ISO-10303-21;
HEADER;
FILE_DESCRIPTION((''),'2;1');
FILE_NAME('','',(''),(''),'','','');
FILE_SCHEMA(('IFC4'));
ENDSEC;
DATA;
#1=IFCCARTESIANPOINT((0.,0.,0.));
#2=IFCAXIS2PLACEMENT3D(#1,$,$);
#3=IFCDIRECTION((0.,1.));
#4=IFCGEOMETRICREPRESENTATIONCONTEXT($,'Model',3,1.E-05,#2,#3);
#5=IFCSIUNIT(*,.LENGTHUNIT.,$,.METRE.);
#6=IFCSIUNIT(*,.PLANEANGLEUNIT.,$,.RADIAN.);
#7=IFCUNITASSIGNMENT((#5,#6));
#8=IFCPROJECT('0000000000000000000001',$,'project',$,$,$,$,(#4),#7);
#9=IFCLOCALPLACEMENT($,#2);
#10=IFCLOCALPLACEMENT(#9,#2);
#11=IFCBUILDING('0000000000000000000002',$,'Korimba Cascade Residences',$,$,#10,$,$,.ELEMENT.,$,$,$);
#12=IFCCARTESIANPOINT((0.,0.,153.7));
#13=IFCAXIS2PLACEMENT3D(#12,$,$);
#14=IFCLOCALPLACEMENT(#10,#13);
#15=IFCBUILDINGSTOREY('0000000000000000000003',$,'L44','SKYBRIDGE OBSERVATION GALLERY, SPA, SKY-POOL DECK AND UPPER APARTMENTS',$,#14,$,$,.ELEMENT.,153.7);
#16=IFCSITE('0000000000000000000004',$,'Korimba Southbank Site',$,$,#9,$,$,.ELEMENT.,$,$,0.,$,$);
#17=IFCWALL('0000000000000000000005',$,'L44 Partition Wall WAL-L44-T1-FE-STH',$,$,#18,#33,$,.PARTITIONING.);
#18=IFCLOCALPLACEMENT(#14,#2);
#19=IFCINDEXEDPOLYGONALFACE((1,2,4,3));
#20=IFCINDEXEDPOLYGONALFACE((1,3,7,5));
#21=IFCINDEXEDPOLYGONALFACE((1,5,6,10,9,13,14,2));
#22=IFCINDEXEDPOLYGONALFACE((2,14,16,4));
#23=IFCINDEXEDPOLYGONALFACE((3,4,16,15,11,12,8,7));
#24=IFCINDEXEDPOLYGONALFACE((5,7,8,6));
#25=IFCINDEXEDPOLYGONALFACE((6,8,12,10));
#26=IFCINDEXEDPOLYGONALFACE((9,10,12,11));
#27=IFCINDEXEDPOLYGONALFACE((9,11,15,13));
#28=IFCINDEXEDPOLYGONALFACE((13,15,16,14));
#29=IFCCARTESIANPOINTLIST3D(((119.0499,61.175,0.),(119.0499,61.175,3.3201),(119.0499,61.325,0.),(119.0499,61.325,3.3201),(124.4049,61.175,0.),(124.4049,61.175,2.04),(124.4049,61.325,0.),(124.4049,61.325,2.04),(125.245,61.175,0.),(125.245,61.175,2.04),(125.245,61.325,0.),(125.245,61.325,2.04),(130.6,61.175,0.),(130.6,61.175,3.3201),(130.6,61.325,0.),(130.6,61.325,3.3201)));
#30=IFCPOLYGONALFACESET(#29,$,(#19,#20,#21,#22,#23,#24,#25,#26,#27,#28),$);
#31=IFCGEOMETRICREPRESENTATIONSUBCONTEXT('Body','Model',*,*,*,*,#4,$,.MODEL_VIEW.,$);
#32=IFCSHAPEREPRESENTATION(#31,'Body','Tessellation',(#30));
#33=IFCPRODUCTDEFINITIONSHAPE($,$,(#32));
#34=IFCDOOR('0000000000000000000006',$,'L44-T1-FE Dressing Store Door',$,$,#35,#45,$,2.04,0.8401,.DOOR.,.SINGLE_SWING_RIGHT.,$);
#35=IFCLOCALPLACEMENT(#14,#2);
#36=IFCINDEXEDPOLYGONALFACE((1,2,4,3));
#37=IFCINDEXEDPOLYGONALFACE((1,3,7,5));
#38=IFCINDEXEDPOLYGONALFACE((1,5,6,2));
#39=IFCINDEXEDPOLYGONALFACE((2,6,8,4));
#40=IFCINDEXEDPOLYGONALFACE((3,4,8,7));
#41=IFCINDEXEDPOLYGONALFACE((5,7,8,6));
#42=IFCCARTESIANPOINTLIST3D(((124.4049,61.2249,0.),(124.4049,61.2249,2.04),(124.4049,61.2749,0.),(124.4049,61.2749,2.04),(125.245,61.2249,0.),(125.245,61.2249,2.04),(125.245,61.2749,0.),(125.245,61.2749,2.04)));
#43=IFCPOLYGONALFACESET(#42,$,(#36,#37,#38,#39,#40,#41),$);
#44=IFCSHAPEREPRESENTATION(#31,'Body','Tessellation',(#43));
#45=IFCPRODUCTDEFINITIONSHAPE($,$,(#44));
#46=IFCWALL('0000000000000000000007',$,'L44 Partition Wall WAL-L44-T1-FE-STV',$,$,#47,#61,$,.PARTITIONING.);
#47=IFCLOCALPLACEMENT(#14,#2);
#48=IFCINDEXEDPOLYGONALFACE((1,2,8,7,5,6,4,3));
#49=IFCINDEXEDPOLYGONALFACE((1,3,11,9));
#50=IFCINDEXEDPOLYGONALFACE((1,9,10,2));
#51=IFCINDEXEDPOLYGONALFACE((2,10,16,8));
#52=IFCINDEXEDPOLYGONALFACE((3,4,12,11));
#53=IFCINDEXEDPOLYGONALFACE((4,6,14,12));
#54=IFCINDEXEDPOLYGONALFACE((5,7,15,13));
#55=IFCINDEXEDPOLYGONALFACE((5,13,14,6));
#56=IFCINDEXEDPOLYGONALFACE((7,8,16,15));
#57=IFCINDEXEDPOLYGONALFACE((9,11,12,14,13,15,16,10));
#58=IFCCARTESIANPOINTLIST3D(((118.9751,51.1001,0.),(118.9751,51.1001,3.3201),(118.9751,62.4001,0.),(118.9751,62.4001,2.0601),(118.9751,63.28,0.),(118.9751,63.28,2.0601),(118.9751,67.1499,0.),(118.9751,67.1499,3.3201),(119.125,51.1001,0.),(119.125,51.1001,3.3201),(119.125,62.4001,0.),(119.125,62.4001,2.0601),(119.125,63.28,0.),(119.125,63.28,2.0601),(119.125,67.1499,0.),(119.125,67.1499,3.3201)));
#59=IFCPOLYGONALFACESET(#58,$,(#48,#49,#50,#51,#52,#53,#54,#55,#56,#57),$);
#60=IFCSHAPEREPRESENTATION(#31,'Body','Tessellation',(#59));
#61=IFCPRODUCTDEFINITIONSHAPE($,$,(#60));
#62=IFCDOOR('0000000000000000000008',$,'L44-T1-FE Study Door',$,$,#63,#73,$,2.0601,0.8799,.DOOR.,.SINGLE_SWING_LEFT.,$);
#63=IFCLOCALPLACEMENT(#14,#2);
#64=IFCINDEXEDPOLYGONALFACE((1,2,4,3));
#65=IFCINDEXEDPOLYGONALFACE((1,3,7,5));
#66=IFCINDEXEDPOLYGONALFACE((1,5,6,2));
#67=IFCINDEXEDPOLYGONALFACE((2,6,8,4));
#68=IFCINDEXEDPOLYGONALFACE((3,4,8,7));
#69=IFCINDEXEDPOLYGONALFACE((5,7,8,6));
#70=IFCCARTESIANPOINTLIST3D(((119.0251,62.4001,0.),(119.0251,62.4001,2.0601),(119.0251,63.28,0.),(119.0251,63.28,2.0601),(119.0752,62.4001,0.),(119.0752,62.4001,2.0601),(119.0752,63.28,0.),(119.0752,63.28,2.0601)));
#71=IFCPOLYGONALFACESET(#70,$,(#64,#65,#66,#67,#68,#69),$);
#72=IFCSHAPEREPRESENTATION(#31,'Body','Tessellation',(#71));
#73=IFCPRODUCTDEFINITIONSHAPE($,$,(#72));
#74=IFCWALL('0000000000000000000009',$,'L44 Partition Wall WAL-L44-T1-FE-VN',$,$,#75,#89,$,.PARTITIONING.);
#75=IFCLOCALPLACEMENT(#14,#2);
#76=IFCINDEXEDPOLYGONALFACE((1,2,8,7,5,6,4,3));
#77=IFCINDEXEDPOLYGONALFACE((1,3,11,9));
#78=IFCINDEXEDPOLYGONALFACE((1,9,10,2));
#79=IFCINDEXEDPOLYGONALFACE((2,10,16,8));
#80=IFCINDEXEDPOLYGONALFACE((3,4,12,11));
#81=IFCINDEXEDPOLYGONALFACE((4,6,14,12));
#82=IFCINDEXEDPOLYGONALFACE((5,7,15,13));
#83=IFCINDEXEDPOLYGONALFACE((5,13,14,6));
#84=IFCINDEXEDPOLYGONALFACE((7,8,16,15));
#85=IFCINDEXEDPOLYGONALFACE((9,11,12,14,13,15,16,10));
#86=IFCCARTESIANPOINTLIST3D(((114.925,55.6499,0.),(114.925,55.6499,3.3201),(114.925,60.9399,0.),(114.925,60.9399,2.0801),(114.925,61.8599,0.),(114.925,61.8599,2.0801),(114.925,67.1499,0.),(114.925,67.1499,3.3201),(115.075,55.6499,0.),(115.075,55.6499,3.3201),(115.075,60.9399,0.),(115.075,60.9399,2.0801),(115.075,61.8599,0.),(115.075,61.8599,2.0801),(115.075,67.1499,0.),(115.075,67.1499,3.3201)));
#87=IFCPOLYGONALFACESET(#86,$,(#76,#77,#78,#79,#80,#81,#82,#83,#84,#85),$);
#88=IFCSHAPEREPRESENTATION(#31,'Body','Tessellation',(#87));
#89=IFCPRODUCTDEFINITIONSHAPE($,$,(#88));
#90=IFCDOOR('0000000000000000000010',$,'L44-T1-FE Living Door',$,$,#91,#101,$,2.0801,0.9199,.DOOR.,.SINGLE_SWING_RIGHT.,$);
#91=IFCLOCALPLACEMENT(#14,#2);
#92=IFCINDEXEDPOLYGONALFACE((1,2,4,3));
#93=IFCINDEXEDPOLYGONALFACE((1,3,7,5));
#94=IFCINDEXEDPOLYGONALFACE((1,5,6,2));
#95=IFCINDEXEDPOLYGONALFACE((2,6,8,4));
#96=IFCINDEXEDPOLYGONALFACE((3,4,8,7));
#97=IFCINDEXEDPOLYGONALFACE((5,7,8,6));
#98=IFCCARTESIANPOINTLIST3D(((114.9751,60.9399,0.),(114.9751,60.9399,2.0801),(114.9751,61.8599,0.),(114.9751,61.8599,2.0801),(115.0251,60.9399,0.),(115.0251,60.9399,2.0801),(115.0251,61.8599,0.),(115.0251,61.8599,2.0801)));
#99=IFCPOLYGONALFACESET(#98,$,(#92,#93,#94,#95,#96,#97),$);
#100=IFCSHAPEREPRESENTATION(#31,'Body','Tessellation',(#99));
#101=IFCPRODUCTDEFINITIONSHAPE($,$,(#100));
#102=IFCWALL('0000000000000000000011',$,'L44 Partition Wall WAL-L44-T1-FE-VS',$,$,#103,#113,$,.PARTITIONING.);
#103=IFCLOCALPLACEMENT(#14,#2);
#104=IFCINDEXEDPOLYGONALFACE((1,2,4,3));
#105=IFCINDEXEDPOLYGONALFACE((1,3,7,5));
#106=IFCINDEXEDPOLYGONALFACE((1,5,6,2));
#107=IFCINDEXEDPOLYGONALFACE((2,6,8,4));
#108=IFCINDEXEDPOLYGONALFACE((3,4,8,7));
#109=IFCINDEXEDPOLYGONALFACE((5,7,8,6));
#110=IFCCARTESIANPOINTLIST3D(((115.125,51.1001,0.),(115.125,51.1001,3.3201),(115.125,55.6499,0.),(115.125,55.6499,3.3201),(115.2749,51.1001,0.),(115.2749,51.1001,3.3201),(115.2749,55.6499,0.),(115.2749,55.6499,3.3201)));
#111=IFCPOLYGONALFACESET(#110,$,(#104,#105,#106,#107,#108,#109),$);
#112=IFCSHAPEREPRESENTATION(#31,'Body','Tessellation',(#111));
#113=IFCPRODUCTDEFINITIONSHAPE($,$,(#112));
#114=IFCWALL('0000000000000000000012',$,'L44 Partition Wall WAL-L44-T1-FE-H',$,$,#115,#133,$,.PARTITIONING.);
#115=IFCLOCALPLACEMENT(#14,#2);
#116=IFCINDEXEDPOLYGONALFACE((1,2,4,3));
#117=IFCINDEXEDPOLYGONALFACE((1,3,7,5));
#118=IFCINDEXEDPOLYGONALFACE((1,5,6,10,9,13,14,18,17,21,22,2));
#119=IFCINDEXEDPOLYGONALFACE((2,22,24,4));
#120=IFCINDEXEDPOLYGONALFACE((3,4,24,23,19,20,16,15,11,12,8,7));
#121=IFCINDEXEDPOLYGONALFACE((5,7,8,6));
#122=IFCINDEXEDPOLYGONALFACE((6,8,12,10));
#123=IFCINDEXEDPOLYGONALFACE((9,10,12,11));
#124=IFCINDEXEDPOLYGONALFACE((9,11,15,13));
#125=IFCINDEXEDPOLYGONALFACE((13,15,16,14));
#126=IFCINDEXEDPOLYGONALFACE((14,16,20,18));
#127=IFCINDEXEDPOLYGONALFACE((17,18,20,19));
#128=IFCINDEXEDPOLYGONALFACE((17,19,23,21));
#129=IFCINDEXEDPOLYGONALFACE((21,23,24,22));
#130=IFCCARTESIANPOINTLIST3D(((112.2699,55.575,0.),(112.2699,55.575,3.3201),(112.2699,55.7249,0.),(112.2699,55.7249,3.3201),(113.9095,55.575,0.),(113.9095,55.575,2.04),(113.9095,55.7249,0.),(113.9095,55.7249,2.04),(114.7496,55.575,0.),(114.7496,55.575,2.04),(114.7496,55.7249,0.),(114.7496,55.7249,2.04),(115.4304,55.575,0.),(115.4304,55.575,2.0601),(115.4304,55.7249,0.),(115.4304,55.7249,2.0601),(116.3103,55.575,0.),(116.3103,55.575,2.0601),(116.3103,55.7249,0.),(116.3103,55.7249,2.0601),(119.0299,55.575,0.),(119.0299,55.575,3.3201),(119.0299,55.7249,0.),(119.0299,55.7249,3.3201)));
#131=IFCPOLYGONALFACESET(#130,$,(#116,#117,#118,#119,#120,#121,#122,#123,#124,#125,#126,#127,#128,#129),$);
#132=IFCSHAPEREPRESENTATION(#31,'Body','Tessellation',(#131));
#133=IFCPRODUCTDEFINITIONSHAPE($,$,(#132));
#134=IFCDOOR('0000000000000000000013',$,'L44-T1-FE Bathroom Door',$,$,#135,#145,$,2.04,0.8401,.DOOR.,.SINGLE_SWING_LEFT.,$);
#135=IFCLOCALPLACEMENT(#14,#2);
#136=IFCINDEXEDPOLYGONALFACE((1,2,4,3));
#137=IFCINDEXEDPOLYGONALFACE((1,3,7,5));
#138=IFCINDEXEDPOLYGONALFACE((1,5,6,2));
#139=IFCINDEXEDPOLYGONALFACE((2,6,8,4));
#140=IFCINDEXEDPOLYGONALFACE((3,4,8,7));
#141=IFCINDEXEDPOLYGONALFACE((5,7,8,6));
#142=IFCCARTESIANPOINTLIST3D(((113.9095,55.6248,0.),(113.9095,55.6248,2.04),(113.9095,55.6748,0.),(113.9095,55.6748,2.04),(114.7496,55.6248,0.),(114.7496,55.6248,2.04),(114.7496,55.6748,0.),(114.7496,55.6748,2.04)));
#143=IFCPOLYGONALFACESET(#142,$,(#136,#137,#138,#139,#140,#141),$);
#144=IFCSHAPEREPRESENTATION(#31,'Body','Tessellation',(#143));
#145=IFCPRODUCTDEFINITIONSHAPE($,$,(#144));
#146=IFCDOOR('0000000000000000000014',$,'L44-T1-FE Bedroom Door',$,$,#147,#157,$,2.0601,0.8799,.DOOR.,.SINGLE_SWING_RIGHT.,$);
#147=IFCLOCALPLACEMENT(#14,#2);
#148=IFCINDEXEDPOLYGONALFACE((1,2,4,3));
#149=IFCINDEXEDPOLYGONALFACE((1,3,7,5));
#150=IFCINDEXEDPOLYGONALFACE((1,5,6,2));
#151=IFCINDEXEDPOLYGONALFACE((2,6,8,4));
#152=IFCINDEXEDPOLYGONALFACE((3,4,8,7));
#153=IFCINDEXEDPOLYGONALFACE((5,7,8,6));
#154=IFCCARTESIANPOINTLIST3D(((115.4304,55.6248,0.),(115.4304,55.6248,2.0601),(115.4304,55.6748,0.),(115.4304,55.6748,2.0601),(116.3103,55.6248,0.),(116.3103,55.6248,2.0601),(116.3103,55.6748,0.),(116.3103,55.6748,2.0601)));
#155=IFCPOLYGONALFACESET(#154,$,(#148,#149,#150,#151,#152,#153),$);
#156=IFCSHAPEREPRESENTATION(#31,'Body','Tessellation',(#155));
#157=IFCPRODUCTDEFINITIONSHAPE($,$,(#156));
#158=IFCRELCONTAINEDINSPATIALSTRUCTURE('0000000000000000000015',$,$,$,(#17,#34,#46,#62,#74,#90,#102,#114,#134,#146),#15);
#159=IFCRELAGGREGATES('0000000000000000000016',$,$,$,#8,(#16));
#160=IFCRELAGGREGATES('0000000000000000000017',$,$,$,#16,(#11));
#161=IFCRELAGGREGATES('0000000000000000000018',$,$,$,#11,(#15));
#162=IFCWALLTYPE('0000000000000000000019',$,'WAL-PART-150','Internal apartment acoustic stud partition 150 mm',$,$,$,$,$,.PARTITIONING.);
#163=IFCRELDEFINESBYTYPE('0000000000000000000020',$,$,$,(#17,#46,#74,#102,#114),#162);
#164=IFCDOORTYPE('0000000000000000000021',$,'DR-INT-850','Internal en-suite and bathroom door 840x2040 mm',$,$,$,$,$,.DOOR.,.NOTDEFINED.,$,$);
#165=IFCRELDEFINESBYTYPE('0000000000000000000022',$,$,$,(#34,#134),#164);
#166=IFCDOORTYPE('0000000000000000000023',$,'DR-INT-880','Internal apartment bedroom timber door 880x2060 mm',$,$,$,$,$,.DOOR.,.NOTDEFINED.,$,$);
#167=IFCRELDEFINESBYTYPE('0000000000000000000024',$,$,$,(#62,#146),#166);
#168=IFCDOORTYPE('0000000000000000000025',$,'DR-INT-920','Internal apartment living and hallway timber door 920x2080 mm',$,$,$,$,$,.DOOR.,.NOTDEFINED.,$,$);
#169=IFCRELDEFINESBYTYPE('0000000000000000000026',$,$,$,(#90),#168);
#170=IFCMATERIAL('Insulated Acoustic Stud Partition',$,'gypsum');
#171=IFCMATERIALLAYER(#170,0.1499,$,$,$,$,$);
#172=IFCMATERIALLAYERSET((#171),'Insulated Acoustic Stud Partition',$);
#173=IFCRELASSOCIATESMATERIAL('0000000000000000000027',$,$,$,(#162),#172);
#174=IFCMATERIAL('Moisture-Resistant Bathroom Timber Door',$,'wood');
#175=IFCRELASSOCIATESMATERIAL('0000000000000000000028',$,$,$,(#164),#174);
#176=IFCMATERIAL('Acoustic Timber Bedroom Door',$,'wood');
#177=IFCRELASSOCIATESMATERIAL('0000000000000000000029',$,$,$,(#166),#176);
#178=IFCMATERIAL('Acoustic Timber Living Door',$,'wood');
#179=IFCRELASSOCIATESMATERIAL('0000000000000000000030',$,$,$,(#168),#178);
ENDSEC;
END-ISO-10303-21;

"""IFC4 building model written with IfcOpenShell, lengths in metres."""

from ifc_helpers import new_model, si_unit, direction, frame, frame_2d, origin, place, context, subcontext, project, spatial, rectangle, extrude, material, layer, layer_set, type_object, element, fill, save


model = new_model("IFC4")

# Units and contexts
model_context = context("Model", 3, precision=1e-05, world=origin(), true_north=direction((0.0, 1.0)))
body_context = subcontext(model_context, "Body", "Model", "MODEL_VIEW")
ifc_project = project(units=[si_unit("LENGTHUNIT", "METRE"), si_unit("PLANEANGLEUNIT", "RADIAN")], contexts=[model_context])

# Site, building, storey
site_placement = place(None, origin())
site = spatial("IfcSite", under=ifc_project, at=site_placement, Name="Korimba Southbank Site", CompositionType="ELEMENT", RefElevation=0.0)
building_placement = place(site_placement, origin())
building = spatial("IfcBuilding", under=site, at=building_placement, Name="Korimba Cascade Residences", CompositionType="ELEMENT")
storey_placement = place(building_placement, frame((0.0, 0.0, 153.7)))
storey = spatial("IfcBuildingStorey", under=building, at=storey_placement, Name="L44", Description="SKYBRIDGE OBSERVATION GALLERY, SPA, SKY-POOL DECK AND UPPER APARTMENTS", CompositionType="ELEMENT", Elevation=153.7)

# Walls, openings, doors
ifc_material_1 = material(Name="Insulated Acoustic Stud Partition", Category="gypsum")
ifc_layer_1 = layer(ifc_material_1, 0.1499)
ifc_layer_set_1 = layer_set([ifc_layer_1], Name="Insulated Acoustic Stud Partition")
wall_type_1 = type_object("IfcWallType", Name="WAL-PART-150", Description="Internal apartment acoustic stud partition 150 mm", PredefinedType="PARTITIONING", material=ifc_layer_set_1)
wall_1_placement = place(storey_placement, frame((119.05, 61.25, 0.0), z_axis=(0.0, 0.0, 1.0), x_axis=(1.0, 0.0, 0.0)))
wall_1 = element("IfcWall", 1, at=wall_1_placement, inside=storey, type_object=wall_type_1, Name="L44 Partition Wall WAL-L44-T1-FE-STH", PredefinedType="PARTITIONING", context=body_context, shape_type="SweptSolid", body=[
    extrude(rectangle(XDim=11.55, YDim=0.1499, at=frame_2d((5.7749, 0.0))), origin(), (0.0, 0.0, 1.0), 3.3201),
])
opening_1_placement = place(wall_1_placement, frame((5.355, 0.0, 0.0)))
opening_1 = element("IfcOpeningElement", 2, at=opening_1_placement, cuts=wall_1, PredefinedType="OPENING", context=body_context, shape_type="SweptSolid", body=[
    extrude(rectangle(XDim=0.8401, YDim=2.04, at=frame_2d((0.4199, 1.02))), frame((0.0, 0.085, 0.0), z_axis=(0.0, -1.0, 0.0), x_axis=(1.0, 0.0, 0.0)), (0.0, 0.0, 1.0), 0.1699),
])
ifc_material_2 = material(Name="Moisture-Resistant Bathroom Timber Door", Category="wood")
door_type_1 = type_object("IfcDoorType", Name="DR-INT-850", Description="Internal en-suite and bathroom door 840x2040 mm", OperationType="NOTDEFINED", PredefinedType="DOOR", material=ifc_material_2)
door_1_placement = place(opening_1_placement, origin())
door_1 = element("IfcDoor", 3, at=door_1_placement, inside=storey, type_object=door_type_1, Name="L44-T1-FE Dressing Store Door", OperationType="SINGLE_SWING_RIGHT", OverallHeight=2.04, OverallWidth=0.8401, PredefinedType="DOOR", context=body_context, shape_type="SweptSolid", body=[
    extrude(rectangle(XDim=0.8401, YDim=2.04, at=frame_2d((0.4199, 1.02))), frame((0.0, 0.0249, 0.0), z_axis=(0.0, -1.0, 0.0), x_axis=(1.0, 0.0, 0.0)), (0.0, 0.0, 1.0), 0.05),
])
fill(opening_1, door_1)
wall_2_placement = place(storey_placement, frame((119.05, 51.1001, 0.0), z_axis=(0.0, 0.0, 1.0), x_axis=(0.0, 1.0, 0.0)))
wall_2 = element("IfcWall", 4, at=wall_2_placement, inside=storey, type_object=wall_type_1, Name="L44 Partition Wall WAL-L44-T1-FE-STV", PredefinedType="PARTITIONING", context=body_context, shape_type="SweptSolid", body=[
    extrude(rectangle(XDim=16.0498, YDim=0.1499, at=frame_2d((8.0249, 0.0))), origin(), (0.0, 0.0, 1.0), 3.3201),
])
opening_2_placement = place(wall_2_placement, frame((11.3, 0.0, 0.0)))
opening_2 = element("IfcOpeningElement", 5, at=opening_2_placement, cuts=wall_2, PredefinedType="OPENING", context=body_context, shape_type="SweptSolid", body=[
    extrude(rectangle(XDim=0.8799, YDim=2.0601, at=frame_2d((0.4399, 1.03))), frame((0.0, 0.085, 0.0), z_axis=(0.0, -1.0, 0.0), x_axis=(1.0, 0.0, 0.0)), (0.0, 0.0, 1.0), 0.1699),
])
ifc_material_3 = material(Name="Acoustic Timber Bedroom Door", Category="wood")
door_type_2 = type_object("IfcDoorType", Name="DR-INT-880", Description="Internal apartment bedroom timber door 880x2060 mm", OperationType="NOTDEFINED", PredefinedType="DOOR", material=ifc_material_3)
door_2_placement = place(opening_2_placement, origin())
door_2 = element("IfcDoor", 6, at=door_2_placement, inside=storey, type_object=door_type_2, Name="L44-T1-FE Study Door", OperationType="SINGLE_SWING_LEFT", OverallHeight=2.0601, OverallWidth=0.8799, PredefinedType="DOOR", context=body_context, shape_type="SweptSolid", body=[
    extrude(rectangle(XDim=0.8799, YDim=2.0601, at=frame_2d((0.4399, 1.03))), frame((0.0, 0.0249, 0.0), z_axis=(0.0, -1.0, 0.0), x_axis=(1.0, 0.0, 0.0)), (0.0, 0.0, 1.0), 0.05),
])
fill(opening_2, door_2)
wall_3_placement = place(storey_placement, frame((115.0, 55.6499, 0.0), z_axis=(0.0, 0.0, 1.0), x_axis=(0.0, 1.0, 0.0)))
wall_3 = element("IfcWall", 7, at=wall_3_placement, inside=storey, type_object=wall_type_1, Name="L44 Partition Wall WAL-L44-T1-FE-VN", PredefinedType="PARTITIONING", context=body_context, shape_type="SweptSolid", body=[
    extrude(rectangle(XDim=11.5, YDim=0.1499, at=frame_2d((5.75, 0.0))), origin(), (0.0, 0.0, 1.0), 3.3201),
])
opening_3_placement = place(wall_3_placement, frame((5.29, 0.0, 0.0)))
opening_3 = element("IfcOpeningElement", 8, at=opening_3_placement, cuts=wall_3, PredefinedType="OPENING", context=body_context, shape_type="SweptSolid", body=[
    extrude(rectangle(XDim=0.9199, YDim=2.0801, at=frame_2d((0.46, 1.04))), frame((0.0, 0.085, 0.0), z_axis=(0.0, -1.0, 0.0), x_axis=(1.0, 0.0, 0.0)), (0.0, 0.0, 1.0), 0.1699),
])
ifc_material_4 = material(Name="Acoustic Timber Living Door", Category="wood")
door_type_3 = type_object("IfcDoorType", Name="DR-INT-920", Description="Internal apartment living and hallway timber door 920x2080 mm", OperationType="NOTDEFINED", PredefinedType="DOOR", material=ifc_material_4)
door_3_placement = place(opening_3_placement, origin())
door_3 = element("IfcDoor", 9, at=door_3_placement, inside=storey, type_object=door_type_3, Name="L44-T1-FE Living Door", OperationType="SINGLE_SWING_RIGHT", OverallHeight=2.0801, OverallWidth=0.9199, PredefinedType="DOOR", context=body_context, shape_type="SweptSolid", body=[
    extrude(rectangle(XDim=0.9199, YDim=2.0801, at=frame_2d((0.46, 1.04))), frame((0.0, 0.0249, 0.0), z_axis=(0.0, -1.0, 0.0), x_axis=(1.0, 0.0, 0.0)), (0.0, 0.0, 1.0), 0.05),
])
fill(opening_3, door_3)

# Wall
wall_4_placement = place(storey_placement, frame((115.2, 51.1001, 0.0), z_axis=(0.0, 0.0, 1.0), x_axis=(0.0, 1.0, 0.0)))
element("IfcWall", 10, at=wall_4_placement, inside=storey, type_object=wall_type_1, Name="L44 Partition Wall WAL-L44-T1-FE-VS", PredefinedType="PARTITIONING", context=body_context, shape_type="SweptSolid", body=[
    extrude(rectangle(XDim=4.5498, YDim=0.1499, at=frame_2d((2.2749, 0.0))), origin(), (0.0, 0.0, 1.0), 3.3201),
])

# Wall, openings, doors
wall_5_placement = place(storey_placement, frame((112.27, 55.6499, 0.0), z_axis=(0.0, 0.0, 1.0), x_axis=(1.0, 0.0, 0.0)))
wall_5 = element("IfcWall", 11, at=wall_5_placement, inside=storey, type_object=wall_type_1, Name="L44 Partition Wall WAL-L44-T1-FE-H", PredefinedType="PARTITIONING", context=body_context, shape_type="SweptSolid", body=[
    extrude(rectangle(XDim=6.76, YDim=0.1499, at=frame_2d((3.3799, 0.0))), origin(), (0.0, 0.0, 1.0), 3.3201),
])
opening_4_placement = place(wall_5_placement, frame((1.6396, 0.0, 0.0)))
opening_4 = element("IfcOpeningElement", 12, at=opening_4_placement, cuts=wall_5, PredefinedType="OPENING", context=body_context, shape_type="SweptSolid", body=[
    extrude(rectangle(XDim=0.8401, YDim=2.04, at=frame_2d((0.4199, 1.02))), frame((0.0, 0.085, 0.0), z_axis=(0.0, -1.0, 0.0), x_axis=(1.0, 0.0, 0.0)), (0.0, 0.0, 1.0), 0.1699),
])
opening_5_placement = place(wall_5_placement, frame((3.1604, 0.0, 0.0)))
opening_5 = element("IfcOpeningElement", 13, at=opening_5_placement, cuts=wall_5, PredefinedType="OPENING", context=body_context, shape_type="SweptSolid", body=[
    extrude(rectangle(XDim=0.8799, YDim=2.0601, at=frame_2d((0.4399, 1.03))), frame((0.0, 0.085, 0.0), z_axis=(0.0, -1.0, 0.0), x_axis=(1.0, 0.0, 0.0)), (0.0, 0.0, 1.0), 0.1699),
])
door_4_placement = place(opening_4_placement, origin())
door_4 = element("IfcDoor", 14, at=door_4_placement, inside=storey, type_object=door_type_1, Name="L44-T1-FE Bathroom Door", OperationType="SINGLE_SWING_LEFT", OverallHeight=2.04, OverallWidth=0.8401, PredefinedType="DOOR", context=body_context, shape_type="SweptSolid", body=[
    extrude(rectangle(XDim=0.8401, YDim=2.04, at=frame_2d((0.4199, 1.02))), frame((0.0, 0.0249, 0.0), z_axis=(0.0, -1.0, 0.0), x_axis=(1.0, 0.0, 0.0)), (0.0, 0.0, 1.0), 0.05),
])
fill(opening_4, door_4)
door_5_placement = place(opening_5_placement, origin())
door_5 = element("IfcDoor", 15, at=door_5_placement, inside=storey, type_object=door_type_2, Name="L44-T1-FE Bedroom Door", OperationType="SINGLE_SWING_RIGHT", OverallHeight=2.0601, OverallWidth=0.8799, PredefinedType="DOOR", context=body_context, shape_type="SweptSolid", body=[
    extrude(rectangle(XDim=0.8799, YDim=2.0601, at=frame_2d((0.4399, 1.03))), frame((0.0, 0.0249, 0.0), z_axis=(0.0, -1.0, 0.0), x_axis=(1.0, 0.0, 0.0)), (0.0, 0.0, 1.0), 0.05),
])
fill(opening_5, door_5)

save(model, "model.ifc")
